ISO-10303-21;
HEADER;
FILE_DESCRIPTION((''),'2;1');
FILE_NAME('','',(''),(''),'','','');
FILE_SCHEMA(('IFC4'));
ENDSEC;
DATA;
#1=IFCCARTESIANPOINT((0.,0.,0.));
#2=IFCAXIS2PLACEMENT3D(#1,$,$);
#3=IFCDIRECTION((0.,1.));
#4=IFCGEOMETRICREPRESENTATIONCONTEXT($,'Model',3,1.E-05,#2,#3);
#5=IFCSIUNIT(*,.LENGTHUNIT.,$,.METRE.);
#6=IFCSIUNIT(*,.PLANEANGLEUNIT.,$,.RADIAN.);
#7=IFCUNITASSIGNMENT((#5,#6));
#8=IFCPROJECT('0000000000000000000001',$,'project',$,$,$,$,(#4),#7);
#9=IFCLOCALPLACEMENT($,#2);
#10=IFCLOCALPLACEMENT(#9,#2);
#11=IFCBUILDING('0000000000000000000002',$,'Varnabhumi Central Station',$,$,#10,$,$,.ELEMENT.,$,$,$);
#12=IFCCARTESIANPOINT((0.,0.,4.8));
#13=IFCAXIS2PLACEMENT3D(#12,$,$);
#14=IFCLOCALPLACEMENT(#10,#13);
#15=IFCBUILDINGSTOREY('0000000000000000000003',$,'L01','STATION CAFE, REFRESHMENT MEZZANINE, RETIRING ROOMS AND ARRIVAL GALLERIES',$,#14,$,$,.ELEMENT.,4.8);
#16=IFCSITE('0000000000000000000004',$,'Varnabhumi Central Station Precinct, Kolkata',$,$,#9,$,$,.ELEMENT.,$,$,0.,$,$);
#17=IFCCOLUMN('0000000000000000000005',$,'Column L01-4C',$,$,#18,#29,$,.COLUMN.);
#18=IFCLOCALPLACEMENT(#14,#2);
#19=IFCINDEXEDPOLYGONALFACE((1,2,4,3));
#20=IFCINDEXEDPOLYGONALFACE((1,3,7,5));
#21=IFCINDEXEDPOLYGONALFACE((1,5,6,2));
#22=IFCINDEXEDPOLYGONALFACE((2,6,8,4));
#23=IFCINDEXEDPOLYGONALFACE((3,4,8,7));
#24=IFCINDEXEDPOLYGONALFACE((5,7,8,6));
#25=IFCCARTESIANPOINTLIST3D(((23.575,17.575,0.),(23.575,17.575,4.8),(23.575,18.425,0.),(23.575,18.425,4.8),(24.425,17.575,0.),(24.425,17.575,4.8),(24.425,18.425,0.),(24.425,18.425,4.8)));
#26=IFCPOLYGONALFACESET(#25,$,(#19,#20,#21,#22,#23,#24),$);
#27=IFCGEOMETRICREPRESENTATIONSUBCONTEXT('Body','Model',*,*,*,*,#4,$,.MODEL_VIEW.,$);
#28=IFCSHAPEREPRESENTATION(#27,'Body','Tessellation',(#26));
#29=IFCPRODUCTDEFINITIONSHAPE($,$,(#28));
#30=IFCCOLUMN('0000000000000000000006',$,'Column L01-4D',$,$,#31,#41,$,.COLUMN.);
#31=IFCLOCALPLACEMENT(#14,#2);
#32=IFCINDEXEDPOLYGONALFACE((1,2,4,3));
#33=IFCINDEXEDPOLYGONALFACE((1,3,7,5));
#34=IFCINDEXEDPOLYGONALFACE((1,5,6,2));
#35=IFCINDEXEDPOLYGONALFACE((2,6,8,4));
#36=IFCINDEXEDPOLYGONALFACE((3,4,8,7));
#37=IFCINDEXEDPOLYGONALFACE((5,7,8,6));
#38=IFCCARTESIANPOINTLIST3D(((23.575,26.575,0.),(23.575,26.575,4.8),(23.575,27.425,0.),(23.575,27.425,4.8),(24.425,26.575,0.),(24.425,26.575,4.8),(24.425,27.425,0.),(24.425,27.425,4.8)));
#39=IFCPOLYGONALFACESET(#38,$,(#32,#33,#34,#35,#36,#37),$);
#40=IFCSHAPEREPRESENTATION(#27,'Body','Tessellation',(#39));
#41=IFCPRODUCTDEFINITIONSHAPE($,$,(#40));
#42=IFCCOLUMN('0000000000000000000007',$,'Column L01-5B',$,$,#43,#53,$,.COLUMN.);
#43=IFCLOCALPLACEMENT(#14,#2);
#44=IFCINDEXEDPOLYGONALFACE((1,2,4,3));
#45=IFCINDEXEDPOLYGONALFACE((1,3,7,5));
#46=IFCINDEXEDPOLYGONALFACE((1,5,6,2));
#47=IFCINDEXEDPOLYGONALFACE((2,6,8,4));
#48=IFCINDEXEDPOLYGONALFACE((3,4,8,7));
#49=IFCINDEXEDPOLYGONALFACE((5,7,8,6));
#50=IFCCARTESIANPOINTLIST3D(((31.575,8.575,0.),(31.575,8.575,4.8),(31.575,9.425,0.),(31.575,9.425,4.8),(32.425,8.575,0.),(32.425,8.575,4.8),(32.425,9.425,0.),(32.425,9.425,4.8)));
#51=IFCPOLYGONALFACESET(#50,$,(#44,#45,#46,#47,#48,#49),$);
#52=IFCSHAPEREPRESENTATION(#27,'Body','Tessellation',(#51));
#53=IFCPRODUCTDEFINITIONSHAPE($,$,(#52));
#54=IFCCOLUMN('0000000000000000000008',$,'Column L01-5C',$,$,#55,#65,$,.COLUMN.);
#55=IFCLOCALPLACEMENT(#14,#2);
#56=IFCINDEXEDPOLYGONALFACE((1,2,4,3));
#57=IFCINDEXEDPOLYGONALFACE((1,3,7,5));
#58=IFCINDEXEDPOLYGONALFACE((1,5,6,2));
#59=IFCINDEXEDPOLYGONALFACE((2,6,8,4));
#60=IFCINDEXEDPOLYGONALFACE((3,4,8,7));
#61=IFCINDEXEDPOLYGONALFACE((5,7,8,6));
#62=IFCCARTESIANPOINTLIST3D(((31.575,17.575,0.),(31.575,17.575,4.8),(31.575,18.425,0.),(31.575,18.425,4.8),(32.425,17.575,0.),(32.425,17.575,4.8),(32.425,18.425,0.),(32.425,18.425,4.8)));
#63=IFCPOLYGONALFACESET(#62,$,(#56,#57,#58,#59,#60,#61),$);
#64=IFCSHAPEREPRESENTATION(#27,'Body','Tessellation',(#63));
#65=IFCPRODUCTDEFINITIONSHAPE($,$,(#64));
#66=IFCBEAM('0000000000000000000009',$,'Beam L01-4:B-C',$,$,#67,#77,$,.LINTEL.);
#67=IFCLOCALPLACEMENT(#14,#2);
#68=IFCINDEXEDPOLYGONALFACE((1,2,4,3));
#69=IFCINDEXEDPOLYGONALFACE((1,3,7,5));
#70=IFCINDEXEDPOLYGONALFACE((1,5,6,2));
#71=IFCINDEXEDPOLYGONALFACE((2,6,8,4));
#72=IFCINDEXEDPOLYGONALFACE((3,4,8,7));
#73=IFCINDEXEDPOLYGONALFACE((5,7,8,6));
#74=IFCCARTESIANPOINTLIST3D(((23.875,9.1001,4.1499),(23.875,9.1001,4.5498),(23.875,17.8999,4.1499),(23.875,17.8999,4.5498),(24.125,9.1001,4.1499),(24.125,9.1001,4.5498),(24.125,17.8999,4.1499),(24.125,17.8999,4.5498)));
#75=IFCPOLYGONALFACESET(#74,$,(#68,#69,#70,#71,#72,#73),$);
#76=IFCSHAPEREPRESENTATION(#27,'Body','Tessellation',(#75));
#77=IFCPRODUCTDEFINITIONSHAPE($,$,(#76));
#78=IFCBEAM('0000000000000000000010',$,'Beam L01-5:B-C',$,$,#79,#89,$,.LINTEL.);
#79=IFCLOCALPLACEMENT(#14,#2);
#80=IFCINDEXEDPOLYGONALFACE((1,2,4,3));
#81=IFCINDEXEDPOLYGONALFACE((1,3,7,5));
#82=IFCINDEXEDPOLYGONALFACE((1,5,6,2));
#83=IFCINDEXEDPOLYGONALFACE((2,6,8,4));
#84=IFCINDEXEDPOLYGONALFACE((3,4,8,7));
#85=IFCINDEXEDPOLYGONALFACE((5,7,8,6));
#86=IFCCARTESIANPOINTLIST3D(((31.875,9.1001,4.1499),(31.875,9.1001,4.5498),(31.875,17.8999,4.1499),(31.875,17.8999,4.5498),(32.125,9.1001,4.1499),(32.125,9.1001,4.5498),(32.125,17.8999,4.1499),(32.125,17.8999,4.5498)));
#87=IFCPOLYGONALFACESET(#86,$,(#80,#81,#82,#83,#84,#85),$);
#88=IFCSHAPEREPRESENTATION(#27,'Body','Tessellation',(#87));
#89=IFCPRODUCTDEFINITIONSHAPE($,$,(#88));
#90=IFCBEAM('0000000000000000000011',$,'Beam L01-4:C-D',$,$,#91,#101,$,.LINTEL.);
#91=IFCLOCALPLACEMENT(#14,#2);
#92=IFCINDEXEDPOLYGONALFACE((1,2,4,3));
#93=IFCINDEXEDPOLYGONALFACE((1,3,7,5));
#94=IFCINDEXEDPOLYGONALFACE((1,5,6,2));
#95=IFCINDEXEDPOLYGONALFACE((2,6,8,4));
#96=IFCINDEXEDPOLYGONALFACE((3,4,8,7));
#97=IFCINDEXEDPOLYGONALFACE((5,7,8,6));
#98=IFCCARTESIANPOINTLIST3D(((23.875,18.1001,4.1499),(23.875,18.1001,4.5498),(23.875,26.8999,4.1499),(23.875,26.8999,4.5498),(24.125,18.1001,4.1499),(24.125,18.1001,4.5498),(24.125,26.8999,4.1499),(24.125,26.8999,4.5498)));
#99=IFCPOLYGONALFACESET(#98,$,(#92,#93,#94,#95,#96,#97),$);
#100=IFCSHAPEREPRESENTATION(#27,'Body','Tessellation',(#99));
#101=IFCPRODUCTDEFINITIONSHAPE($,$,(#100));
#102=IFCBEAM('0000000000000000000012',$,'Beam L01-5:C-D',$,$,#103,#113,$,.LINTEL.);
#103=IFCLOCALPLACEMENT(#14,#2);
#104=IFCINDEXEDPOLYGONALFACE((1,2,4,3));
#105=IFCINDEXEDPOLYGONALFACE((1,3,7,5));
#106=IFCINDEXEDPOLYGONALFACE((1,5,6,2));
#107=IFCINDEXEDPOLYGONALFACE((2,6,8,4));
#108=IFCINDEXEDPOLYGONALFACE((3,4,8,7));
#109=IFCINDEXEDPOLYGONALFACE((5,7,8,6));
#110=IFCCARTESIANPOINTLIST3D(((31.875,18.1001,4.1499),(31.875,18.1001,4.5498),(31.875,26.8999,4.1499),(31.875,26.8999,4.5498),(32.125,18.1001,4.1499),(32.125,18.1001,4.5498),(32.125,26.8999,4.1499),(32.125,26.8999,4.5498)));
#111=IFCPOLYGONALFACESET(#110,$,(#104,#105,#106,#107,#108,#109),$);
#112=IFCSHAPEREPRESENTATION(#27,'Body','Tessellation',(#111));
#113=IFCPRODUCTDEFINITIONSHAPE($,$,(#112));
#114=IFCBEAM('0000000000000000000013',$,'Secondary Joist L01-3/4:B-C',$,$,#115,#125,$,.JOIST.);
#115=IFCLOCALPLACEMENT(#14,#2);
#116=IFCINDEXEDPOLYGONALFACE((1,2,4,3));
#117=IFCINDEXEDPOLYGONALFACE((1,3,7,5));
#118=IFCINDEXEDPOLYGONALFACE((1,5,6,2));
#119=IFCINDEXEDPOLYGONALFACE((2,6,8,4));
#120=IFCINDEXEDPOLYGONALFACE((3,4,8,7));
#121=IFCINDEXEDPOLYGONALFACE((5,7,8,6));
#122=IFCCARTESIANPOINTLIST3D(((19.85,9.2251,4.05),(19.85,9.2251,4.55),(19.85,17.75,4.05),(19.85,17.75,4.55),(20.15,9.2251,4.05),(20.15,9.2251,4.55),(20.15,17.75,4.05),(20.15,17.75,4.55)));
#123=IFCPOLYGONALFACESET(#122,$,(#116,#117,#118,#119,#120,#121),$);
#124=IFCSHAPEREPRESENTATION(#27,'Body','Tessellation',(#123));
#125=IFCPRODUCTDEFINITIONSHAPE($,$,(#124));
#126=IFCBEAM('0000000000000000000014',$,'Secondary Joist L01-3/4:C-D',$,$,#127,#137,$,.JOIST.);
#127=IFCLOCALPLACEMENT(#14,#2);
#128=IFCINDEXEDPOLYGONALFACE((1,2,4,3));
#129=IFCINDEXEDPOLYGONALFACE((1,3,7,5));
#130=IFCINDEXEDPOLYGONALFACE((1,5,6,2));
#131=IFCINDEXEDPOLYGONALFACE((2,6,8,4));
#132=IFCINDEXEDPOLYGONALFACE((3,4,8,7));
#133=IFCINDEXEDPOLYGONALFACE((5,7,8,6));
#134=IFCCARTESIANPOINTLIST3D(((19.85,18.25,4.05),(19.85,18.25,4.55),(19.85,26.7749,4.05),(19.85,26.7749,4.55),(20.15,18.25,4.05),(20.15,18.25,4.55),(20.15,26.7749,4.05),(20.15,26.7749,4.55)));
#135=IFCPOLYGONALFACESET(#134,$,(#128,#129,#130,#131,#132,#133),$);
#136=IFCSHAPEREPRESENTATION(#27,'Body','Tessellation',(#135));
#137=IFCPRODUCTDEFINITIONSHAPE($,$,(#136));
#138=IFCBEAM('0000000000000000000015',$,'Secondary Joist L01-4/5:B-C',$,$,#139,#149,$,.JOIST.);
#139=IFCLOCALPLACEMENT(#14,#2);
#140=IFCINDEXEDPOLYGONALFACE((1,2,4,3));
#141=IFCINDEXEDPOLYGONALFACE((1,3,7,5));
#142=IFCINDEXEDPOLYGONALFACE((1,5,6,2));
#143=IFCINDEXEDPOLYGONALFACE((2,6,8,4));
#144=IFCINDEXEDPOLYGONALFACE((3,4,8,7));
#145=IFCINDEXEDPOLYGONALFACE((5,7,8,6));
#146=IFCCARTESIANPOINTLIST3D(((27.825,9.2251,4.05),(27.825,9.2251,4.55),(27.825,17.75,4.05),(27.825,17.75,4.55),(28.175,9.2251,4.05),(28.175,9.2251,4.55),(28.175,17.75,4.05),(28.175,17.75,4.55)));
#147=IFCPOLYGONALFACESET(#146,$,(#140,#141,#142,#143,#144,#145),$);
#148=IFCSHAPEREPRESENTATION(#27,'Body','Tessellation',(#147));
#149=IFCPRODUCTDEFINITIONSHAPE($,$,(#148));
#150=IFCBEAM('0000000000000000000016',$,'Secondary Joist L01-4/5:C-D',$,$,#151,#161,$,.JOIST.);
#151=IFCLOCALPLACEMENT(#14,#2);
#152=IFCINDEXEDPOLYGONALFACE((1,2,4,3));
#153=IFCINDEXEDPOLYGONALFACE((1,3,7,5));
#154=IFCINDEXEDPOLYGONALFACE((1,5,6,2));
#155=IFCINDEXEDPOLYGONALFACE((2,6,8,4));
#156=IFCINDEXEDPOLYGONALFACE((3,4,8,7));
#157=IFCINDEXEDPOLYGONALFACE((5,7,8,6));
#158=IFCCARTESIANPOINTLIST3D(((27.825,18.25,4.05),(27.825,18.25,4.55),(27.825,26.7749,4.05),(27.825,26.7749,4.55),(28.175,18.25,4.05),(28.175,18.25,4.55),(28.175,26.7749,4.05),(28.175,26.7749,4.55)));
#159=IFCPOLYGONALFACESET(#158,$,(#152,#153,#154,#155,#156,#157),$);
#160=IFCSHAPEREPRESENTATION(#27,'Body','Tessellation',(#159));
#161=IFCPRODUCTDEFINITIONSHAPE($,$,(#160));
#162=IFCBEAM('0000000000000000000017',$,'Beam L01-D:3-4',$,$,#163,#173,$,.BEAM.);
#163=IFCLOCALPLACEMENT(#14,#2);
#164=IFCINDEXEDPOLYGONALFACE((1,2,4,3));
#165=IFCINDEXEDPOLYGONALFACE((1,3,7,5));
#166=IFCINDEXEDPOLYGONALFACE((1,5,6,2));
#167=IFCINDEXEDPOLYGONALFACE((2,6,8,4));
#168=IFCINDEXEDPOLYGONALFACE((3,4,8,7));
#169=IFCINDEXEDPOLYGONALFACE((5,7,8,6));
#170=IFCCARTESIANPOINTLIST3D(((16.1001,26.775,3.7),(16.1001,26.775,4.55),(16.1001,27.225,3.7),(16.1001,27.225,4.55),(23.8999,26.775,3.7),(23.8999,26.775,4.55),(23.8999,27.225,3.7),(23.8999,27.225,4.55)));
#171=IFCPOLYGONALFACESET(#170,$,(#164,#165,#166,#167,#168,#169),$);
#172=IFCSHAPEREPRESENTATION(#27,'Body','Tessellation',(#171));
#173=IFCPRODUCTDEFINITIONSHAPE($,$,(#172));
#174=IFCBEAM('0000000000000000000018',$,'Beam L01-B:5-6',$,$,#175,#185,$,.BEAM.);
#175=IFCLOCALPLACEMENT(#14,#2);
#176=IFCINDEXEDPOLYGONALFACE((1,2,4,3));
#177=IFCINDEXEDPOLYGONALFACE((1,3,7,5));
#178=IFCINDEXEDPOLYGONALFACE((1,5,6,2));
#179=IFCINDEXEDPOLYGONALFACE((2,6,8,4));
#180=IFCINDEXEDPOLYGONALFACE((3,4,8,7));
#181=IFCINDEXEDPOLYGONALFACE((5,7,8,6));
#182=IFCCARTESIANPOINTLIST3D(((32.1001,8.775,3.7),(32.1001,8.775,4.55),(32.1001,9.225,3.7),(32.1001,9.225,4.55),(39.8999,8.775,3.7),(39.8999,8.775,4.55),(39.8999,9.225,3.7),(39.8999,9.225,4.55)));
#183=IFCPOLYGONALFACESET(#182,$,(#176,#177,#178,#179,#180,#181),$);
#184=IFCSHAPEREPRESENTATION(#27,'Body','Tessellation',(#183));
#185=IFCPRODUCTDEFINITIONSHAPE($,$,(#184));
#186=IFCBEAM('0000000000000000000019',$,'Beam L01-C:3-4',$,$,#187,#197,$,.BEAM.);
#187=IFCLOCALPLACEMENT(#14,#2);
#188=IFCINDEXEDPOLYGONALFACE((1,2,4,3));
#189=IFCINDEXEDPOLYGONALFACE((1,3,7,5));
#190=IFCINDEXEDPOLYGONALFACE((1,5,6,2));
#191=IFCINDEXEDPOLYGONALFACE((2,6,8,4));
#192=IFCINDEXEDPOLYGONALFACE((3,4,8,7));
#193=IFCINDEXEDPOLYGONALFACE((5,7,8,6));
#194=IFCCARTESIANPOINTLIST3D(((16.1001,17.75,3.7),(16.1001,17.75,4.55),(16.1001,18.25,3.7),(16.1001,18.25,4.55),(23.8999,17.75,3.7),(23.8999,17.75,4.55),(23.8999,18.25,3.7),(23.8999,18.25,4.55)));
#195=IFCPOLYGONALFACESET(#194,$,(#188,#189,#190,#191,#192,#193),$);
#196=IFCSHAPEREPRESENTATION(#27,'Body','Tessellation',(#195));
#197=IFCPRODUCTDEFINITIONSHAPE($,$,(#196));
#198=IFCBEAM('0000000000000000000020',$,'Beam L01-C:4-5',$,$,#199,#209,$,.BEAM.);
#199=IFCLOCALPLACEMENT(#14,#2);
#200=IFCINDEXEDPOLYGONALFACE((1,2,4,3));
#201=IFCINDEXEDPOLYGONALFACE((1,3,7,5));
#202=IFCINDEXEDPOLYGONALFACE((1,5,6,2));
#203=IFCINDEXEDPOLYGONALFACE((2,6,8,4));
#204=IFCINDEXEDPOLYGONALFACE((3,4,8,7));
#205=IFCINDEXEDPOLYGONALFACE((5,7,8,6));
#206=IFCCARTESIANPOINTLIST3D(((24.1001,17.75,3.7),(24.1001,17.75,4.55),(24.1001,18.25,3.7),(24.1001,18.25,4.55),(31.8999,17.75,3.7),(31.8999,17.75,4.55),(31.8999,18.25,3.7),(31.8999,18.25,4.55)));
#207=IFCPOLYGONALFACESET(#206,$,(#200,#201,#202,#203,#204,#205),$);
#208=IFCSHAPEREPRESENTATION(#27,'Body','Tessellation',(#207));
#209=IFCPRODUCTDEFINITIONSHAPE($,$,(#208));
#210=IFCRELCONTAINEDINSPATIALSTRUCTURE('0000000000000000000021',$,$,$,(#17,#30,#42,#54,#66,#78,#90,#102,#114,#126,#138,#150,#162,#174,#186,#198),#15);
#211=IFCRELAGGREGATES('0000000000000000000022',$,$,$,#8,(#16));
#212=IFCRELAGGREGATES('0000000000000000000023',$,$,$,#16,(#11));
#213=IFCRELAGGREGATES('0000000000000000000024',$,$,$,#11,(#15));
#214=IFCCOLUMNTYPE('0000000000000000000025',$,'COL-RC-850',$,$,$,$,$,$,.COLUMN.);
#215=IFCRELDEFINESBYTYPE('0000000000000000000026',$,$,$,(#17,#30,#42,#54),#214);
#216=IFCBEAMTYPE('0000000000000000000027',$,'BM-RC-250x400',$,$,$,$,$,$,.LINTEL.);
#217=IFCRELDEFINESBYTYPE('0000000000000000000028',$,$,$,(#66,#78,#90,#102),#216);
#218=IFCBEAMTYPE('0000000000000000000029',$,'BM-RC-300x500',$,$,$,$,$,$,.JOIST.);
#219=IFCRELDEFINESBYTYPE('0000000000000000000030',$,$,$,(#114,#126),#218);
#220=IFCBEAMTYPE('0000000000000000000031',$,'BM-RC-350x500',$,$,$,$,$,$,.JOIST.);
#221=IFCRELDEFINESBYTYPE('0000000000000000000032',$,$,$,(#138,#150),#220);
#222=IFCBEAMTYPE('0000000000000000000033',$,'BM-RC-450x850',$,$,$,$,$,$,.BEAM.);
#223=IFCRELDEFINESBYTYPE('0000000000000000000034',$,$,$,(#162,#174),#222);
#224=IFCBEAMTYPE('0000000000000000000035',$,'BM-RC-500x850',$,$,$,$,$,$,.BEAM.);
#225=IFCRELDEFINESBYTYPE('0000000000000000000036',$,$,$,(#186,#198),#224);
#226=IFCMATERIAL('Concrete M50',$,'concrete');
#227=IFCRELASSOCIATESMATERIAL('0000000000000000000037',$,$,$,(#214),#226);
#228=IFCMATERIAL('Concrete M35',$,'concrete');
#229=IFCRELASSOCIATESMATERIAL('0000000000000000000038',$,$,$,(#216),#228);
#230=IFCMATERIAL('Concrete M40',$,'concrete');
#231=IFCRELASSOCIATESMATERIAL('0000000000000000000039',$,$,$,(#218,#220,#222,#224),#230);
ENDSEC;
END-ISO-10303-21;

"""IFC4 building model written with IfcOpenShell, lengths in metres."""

from ifc_helpers import new_model, si_unit, direction, frame, origin, origin_2d, place, context, subcontext, project, spatial, rectangle, extrude, material, material_profile, profile_set, type_object, element, save


model = new_model("IFC4")

# Units and contexts
model_context = context("Model", 3, precision=1e-05, world=origin(), true_north=direction((0.0, 1.0)))
body_context = subcontext(model_context, "Body", "Model", "MODEL_VIEW")
ifc_project = project(units=[si_unit("LENGTHUNIT", "METRE"), si_unit("PLANEANGLEUNIT", "RADIAN")], contexts=[model_context])

# Site, building, storey
site_placement = place(None, origin())
site = spatial("IfcSite", under=ifc_project, at=site_placement, Name="Varnabhumi Central Station Precinct, Kolkata", CompositionType="ELEMENT", RefElevation=0.0)
building_placement = place(site_placement, origin())
building = spatial("IfcBuilding", under=site, at=building_placement, Name="Varnabhumi Central Station", CompositionType="ELEMENT")
storey_placement = place(building_placement, frame((0.0, 0.0, 4.8)))
storey = spatial("IfcBuildingStorey", under=building, at=storey_placement, Name="L01", Description="STATION CAFE, REFRESHMENT MEZZANINE, RETIRING ROOMS AND ARRIVAL GALLERIES", CompositionType="ELEMENT", Elevation=4.8)

# Columns
ifc_material_1 = material(Name="Concrete M50", Category="concrete")
ifc_material_profile_1 = material_profile(ifc_material_1, rectangle(XDim=0.8501, YDim=0.8501, at=origin_2d()), Name="Concrete M50", Category="concrete")
ifc_profile_set_1 = profile_set([ifc_material_profile_1], Name="Concrete M50")
column_type = type_object("IfcColumnType", Name="COL-RC-850", PredefinedType="COLUMN", material=ifc_profile_set_1)
for number, where, z_axis, x_axis, name in (
    (1, (24.0, 18.0, 0.0), (0.0, 0.0, 1.0), (1.0, 0.0, 0.0), "Column L01-4C"),
    (2, (24.0, 27.0, 0.0), (0.0, 0.0, 1.0), (1.0, 0.0, 0.0), "Column L01-4D"),
    (3, (32.0, 9.0, 0.0), (0.0, 0.0, 1.0), (1.0, 0.0, 0.0), "Column L01-5B"),
    (4, (32.0, 18.0, 0.0), (0.0, 0.0, 1.0), (1.0, 0.0, 0.0), "Column L01-5C"),
):
    element("IfcColumn", number, at=place(storey_placement, frame(where, z_axis=z_axis, x_axis=x_axis)), inside=storey, type_object=column_type, Name=name, PredefinedType="COLUMN", context=body_context, shape_type="SweptSolid", body=[
        extrude(rectangle(XDim=0.8501, YDim=0.8501, at=origin_2d()), origin(), (0.0, 0.0, 1.0), 4.8),
    ])

# Beams
ifc_material_2 = material(Name="Concrete M35", Category="concrete")
ifc_material_profile_2 = material_profile(ifc_material_2, rectangle(XDim=0.25, YDim=0.3999, at=origin_2d()), Name="Concrete M35", Category="concrete")
ifc_profile_set_2 = profile_set([ifc_material_profile_2], Name="Concrete M35")
beam_type_1 = type_object("IfcBeamType", Name="BM-RC-250x400", PredefinedType="LINTEL", material=ifc_profile_set_2)
for number, where, z_axis, x_axis, name in (
    (5, (24.0, 9.1001, 4.3499), (0.0, 1.0, 0.0), (-1.0, 0.0, 0.0), "Beam L01-4:B-C"),
    (6, (32.0, 9.1001, 4.3499), (0.0, 1.0, 0.0), (-1.0, 0.0, 0.0), "Beam L01-5:B-C"),
    (7, (24.0, 18.1001, 4.3499), (0.0, 1.0, 0.0), (-1.0, 0.0, 0.0), "Beam L01-4:C-D"),
    (8, (32.0, 18.1001, 4.3499), (0.0, 1.0, 0.0), (-1.0, 0.0, 0.0), "Beam L01-5:C-D"),
):
    element("IfcBeam", number, at=place(storey_placement, frame(where, z_axis=z_axis, x_axis=x_axis)), inside=storey, type_object=beam_type_1, Name=name, PredefinedType="LINTEL", context=body_context, shape_type="SweptSolid", body=[
        extrude(rectangle(XDim=0.25, YDim=0.3999, at=origin_2d()), origin(), (0.0, 0.0, 1.0), 8.7998),
    ])
ifc_material_3 = material(Name="Concrete M40", Category="concrete")
ifc_material_profile_3 = material_profile(ifc_material_3, rectangle(XDim=0.3, YDim=0.5, at=origin_2d()), Name="Concrete M40", Category="concrete")
ifc_profile_set_3 = profile_set([ifc_material_profile_3], Name="Concrete M40")
beam_type_2 = type_object("IfcBeamType", Name="BM-RC-300x500", PredefinedType="JOIST", material=ifc_profile_set_3)
for number, where, z_axis, x_axis, name in (
    (9, (20.0, 9.2251, 4.3), (0.0, 1.0, 0.0), (-1.0, 0.0, 0.0), "Secondary Joist L01-3/4:B-C"),
    (10, (20.0, 18.25, 4.3), (0.0, 1.0, 0.0), (-1.0, 0.0, 0.0), "Secondary Joist L01-3/4:C-D"),
):
    element("IfcBeam", number, at=place(storey_placement, frame(where, z_axis=z_axis, x_axis=x_axis)), inside=storey, type_object=beam_type_2, Name=name, PredefinedType="JOIST", context=body_context, shape_type="SweptSolid", body=[
        extrude(rectangle(XDim=0.3, YDim=0.5, at=origin_2d()), origin(), (0.0, 0.0, 1.0), 8.5249),
    ])
ifc_material_profile_4 = material_profile(ifc_material_3, rectangle(XDim=0.3501, YDim=0.5, at=origin_2d()), Name="Concrete M40", Category="concrete")
ifc_profile_set_4 = profile_set([ifc_material_profile_4], Name="Concrete M40")
beam_type_3 = type_object("IfcBeamType", Name="BM-RC-350x500", PredefinedType="JOIST", material=ifc_profile_set_4)
for number, where, z_axis, x_axis, name in (
    (11, (28.0, 9.2251, 4.3), (0.0, 1.0, 0.0), (-1.0, 0.0, 0.0), "Secondary Joist L01-4/5:B-C"),
    (12, (28.0, 18.25, 4.3), (0.0, 1.0, 0.0), (-1.0, 0.0, 0.0), "Secondary Joist L01-4/5:C-D"),
):
    element("IfcBeam", number, at=place(storey_placement, frame(where, z_axis=z_axis, x_axis=x_axis)), inside=storey, type_object=beam_type_3, Name=name, PredefinedType="JOIST", context=body_context, shape_type="SweptSolid", body=[
        extrude(rectangle(XDim=0.3501, YDim=0.5, at=origin_2d()), origin(), (0.0, 0.0, 1.0), 8.5249),
    ])
ifc_material_profile_5 = material_profile(ifc_material_3, rectangle(XDim=0.45, YDim=0.8501, at=origin_2d()), Name="Concrete M40", Category="concrete")
ifc_profile_set_5 = profile_set([ifc_material_profile_5], Name="Concrete M40")
beam_type_4 = type_object("IfcBeamType", Name="BM-RC-450x850", PredefinedType="BEAM", material=ifc_profile_set_5)
for number, where, z_axis, x_axis, name in (
    (13, (16.1001, 27.0, 4.125), (1.0, 0.0, 0.0), (0.0, 1.0, 0.0), "Beam L01-D:3-4"),
    (14, (32.1001, 9.0, 4.125), (1.0, 0.0, 0.0), (0.0, 1.0, 0.0), "Beam L01-B:5-6"),
):
    element("IfcBeam", number, at=place(storey_placement, frame(where, z_axis=z_axis, x_axis=x_axis)), inside=storey, type_object=beam_type_4, Name=name, PredefinedType="BEAM", context=body_context, shape_type="SweptSolid", body=[
        extrude(rectangle(XDim=0.45, YDim=0.8501, at=origin_2d()), origin(), (0.0, 0.0, 1.0), 7.7998),
    ])
ifc_material_profile_6 = material_profile(ifc_material_3, rectangle(XDim=0.5, YDim=0.8501, at=origin_2d()), Name="Concrete M40", Category="concrete")
ifc_profile_set_6 = profile_set([ifc_material_profile_6], Name="Concrete M40")
beam_type_5 = type_object("IfcBeamType", Name="BM-RC-500x850", PredefinedType="BEAM", material=ifc_profile_set_6)
for number, where, z_axis, x_axis, name in (
    (15, (16.1001, 18.0, 4.125), (1.0, 0.0, 0.0), (0.0, 1.0, 0.0), "Beam L01-C:3-4"),
    (16, (24.1001, 18.0, 4.125), (1.0, 0.0, 0.0), (0.0, 1.0, 0.0), "Beam L01-C:4-5"),
):
    element("IfcBeam", number, at=place(storey_placement, frame(where, z_axis=z_axis, x_axis=x_axis)), inside=storey, type_object=beam_type_5, Name=name, PredefinedType="BEAM", context=body_context, shape_type="SweptSolid", body=[
        extrude(rectangle(XDim=0.5, YDim=0.8501, at=origin_2d()), origin(), (0.0, 0.0, 1.0), 7.7998),
    ])

save(model, "model.ifc")
